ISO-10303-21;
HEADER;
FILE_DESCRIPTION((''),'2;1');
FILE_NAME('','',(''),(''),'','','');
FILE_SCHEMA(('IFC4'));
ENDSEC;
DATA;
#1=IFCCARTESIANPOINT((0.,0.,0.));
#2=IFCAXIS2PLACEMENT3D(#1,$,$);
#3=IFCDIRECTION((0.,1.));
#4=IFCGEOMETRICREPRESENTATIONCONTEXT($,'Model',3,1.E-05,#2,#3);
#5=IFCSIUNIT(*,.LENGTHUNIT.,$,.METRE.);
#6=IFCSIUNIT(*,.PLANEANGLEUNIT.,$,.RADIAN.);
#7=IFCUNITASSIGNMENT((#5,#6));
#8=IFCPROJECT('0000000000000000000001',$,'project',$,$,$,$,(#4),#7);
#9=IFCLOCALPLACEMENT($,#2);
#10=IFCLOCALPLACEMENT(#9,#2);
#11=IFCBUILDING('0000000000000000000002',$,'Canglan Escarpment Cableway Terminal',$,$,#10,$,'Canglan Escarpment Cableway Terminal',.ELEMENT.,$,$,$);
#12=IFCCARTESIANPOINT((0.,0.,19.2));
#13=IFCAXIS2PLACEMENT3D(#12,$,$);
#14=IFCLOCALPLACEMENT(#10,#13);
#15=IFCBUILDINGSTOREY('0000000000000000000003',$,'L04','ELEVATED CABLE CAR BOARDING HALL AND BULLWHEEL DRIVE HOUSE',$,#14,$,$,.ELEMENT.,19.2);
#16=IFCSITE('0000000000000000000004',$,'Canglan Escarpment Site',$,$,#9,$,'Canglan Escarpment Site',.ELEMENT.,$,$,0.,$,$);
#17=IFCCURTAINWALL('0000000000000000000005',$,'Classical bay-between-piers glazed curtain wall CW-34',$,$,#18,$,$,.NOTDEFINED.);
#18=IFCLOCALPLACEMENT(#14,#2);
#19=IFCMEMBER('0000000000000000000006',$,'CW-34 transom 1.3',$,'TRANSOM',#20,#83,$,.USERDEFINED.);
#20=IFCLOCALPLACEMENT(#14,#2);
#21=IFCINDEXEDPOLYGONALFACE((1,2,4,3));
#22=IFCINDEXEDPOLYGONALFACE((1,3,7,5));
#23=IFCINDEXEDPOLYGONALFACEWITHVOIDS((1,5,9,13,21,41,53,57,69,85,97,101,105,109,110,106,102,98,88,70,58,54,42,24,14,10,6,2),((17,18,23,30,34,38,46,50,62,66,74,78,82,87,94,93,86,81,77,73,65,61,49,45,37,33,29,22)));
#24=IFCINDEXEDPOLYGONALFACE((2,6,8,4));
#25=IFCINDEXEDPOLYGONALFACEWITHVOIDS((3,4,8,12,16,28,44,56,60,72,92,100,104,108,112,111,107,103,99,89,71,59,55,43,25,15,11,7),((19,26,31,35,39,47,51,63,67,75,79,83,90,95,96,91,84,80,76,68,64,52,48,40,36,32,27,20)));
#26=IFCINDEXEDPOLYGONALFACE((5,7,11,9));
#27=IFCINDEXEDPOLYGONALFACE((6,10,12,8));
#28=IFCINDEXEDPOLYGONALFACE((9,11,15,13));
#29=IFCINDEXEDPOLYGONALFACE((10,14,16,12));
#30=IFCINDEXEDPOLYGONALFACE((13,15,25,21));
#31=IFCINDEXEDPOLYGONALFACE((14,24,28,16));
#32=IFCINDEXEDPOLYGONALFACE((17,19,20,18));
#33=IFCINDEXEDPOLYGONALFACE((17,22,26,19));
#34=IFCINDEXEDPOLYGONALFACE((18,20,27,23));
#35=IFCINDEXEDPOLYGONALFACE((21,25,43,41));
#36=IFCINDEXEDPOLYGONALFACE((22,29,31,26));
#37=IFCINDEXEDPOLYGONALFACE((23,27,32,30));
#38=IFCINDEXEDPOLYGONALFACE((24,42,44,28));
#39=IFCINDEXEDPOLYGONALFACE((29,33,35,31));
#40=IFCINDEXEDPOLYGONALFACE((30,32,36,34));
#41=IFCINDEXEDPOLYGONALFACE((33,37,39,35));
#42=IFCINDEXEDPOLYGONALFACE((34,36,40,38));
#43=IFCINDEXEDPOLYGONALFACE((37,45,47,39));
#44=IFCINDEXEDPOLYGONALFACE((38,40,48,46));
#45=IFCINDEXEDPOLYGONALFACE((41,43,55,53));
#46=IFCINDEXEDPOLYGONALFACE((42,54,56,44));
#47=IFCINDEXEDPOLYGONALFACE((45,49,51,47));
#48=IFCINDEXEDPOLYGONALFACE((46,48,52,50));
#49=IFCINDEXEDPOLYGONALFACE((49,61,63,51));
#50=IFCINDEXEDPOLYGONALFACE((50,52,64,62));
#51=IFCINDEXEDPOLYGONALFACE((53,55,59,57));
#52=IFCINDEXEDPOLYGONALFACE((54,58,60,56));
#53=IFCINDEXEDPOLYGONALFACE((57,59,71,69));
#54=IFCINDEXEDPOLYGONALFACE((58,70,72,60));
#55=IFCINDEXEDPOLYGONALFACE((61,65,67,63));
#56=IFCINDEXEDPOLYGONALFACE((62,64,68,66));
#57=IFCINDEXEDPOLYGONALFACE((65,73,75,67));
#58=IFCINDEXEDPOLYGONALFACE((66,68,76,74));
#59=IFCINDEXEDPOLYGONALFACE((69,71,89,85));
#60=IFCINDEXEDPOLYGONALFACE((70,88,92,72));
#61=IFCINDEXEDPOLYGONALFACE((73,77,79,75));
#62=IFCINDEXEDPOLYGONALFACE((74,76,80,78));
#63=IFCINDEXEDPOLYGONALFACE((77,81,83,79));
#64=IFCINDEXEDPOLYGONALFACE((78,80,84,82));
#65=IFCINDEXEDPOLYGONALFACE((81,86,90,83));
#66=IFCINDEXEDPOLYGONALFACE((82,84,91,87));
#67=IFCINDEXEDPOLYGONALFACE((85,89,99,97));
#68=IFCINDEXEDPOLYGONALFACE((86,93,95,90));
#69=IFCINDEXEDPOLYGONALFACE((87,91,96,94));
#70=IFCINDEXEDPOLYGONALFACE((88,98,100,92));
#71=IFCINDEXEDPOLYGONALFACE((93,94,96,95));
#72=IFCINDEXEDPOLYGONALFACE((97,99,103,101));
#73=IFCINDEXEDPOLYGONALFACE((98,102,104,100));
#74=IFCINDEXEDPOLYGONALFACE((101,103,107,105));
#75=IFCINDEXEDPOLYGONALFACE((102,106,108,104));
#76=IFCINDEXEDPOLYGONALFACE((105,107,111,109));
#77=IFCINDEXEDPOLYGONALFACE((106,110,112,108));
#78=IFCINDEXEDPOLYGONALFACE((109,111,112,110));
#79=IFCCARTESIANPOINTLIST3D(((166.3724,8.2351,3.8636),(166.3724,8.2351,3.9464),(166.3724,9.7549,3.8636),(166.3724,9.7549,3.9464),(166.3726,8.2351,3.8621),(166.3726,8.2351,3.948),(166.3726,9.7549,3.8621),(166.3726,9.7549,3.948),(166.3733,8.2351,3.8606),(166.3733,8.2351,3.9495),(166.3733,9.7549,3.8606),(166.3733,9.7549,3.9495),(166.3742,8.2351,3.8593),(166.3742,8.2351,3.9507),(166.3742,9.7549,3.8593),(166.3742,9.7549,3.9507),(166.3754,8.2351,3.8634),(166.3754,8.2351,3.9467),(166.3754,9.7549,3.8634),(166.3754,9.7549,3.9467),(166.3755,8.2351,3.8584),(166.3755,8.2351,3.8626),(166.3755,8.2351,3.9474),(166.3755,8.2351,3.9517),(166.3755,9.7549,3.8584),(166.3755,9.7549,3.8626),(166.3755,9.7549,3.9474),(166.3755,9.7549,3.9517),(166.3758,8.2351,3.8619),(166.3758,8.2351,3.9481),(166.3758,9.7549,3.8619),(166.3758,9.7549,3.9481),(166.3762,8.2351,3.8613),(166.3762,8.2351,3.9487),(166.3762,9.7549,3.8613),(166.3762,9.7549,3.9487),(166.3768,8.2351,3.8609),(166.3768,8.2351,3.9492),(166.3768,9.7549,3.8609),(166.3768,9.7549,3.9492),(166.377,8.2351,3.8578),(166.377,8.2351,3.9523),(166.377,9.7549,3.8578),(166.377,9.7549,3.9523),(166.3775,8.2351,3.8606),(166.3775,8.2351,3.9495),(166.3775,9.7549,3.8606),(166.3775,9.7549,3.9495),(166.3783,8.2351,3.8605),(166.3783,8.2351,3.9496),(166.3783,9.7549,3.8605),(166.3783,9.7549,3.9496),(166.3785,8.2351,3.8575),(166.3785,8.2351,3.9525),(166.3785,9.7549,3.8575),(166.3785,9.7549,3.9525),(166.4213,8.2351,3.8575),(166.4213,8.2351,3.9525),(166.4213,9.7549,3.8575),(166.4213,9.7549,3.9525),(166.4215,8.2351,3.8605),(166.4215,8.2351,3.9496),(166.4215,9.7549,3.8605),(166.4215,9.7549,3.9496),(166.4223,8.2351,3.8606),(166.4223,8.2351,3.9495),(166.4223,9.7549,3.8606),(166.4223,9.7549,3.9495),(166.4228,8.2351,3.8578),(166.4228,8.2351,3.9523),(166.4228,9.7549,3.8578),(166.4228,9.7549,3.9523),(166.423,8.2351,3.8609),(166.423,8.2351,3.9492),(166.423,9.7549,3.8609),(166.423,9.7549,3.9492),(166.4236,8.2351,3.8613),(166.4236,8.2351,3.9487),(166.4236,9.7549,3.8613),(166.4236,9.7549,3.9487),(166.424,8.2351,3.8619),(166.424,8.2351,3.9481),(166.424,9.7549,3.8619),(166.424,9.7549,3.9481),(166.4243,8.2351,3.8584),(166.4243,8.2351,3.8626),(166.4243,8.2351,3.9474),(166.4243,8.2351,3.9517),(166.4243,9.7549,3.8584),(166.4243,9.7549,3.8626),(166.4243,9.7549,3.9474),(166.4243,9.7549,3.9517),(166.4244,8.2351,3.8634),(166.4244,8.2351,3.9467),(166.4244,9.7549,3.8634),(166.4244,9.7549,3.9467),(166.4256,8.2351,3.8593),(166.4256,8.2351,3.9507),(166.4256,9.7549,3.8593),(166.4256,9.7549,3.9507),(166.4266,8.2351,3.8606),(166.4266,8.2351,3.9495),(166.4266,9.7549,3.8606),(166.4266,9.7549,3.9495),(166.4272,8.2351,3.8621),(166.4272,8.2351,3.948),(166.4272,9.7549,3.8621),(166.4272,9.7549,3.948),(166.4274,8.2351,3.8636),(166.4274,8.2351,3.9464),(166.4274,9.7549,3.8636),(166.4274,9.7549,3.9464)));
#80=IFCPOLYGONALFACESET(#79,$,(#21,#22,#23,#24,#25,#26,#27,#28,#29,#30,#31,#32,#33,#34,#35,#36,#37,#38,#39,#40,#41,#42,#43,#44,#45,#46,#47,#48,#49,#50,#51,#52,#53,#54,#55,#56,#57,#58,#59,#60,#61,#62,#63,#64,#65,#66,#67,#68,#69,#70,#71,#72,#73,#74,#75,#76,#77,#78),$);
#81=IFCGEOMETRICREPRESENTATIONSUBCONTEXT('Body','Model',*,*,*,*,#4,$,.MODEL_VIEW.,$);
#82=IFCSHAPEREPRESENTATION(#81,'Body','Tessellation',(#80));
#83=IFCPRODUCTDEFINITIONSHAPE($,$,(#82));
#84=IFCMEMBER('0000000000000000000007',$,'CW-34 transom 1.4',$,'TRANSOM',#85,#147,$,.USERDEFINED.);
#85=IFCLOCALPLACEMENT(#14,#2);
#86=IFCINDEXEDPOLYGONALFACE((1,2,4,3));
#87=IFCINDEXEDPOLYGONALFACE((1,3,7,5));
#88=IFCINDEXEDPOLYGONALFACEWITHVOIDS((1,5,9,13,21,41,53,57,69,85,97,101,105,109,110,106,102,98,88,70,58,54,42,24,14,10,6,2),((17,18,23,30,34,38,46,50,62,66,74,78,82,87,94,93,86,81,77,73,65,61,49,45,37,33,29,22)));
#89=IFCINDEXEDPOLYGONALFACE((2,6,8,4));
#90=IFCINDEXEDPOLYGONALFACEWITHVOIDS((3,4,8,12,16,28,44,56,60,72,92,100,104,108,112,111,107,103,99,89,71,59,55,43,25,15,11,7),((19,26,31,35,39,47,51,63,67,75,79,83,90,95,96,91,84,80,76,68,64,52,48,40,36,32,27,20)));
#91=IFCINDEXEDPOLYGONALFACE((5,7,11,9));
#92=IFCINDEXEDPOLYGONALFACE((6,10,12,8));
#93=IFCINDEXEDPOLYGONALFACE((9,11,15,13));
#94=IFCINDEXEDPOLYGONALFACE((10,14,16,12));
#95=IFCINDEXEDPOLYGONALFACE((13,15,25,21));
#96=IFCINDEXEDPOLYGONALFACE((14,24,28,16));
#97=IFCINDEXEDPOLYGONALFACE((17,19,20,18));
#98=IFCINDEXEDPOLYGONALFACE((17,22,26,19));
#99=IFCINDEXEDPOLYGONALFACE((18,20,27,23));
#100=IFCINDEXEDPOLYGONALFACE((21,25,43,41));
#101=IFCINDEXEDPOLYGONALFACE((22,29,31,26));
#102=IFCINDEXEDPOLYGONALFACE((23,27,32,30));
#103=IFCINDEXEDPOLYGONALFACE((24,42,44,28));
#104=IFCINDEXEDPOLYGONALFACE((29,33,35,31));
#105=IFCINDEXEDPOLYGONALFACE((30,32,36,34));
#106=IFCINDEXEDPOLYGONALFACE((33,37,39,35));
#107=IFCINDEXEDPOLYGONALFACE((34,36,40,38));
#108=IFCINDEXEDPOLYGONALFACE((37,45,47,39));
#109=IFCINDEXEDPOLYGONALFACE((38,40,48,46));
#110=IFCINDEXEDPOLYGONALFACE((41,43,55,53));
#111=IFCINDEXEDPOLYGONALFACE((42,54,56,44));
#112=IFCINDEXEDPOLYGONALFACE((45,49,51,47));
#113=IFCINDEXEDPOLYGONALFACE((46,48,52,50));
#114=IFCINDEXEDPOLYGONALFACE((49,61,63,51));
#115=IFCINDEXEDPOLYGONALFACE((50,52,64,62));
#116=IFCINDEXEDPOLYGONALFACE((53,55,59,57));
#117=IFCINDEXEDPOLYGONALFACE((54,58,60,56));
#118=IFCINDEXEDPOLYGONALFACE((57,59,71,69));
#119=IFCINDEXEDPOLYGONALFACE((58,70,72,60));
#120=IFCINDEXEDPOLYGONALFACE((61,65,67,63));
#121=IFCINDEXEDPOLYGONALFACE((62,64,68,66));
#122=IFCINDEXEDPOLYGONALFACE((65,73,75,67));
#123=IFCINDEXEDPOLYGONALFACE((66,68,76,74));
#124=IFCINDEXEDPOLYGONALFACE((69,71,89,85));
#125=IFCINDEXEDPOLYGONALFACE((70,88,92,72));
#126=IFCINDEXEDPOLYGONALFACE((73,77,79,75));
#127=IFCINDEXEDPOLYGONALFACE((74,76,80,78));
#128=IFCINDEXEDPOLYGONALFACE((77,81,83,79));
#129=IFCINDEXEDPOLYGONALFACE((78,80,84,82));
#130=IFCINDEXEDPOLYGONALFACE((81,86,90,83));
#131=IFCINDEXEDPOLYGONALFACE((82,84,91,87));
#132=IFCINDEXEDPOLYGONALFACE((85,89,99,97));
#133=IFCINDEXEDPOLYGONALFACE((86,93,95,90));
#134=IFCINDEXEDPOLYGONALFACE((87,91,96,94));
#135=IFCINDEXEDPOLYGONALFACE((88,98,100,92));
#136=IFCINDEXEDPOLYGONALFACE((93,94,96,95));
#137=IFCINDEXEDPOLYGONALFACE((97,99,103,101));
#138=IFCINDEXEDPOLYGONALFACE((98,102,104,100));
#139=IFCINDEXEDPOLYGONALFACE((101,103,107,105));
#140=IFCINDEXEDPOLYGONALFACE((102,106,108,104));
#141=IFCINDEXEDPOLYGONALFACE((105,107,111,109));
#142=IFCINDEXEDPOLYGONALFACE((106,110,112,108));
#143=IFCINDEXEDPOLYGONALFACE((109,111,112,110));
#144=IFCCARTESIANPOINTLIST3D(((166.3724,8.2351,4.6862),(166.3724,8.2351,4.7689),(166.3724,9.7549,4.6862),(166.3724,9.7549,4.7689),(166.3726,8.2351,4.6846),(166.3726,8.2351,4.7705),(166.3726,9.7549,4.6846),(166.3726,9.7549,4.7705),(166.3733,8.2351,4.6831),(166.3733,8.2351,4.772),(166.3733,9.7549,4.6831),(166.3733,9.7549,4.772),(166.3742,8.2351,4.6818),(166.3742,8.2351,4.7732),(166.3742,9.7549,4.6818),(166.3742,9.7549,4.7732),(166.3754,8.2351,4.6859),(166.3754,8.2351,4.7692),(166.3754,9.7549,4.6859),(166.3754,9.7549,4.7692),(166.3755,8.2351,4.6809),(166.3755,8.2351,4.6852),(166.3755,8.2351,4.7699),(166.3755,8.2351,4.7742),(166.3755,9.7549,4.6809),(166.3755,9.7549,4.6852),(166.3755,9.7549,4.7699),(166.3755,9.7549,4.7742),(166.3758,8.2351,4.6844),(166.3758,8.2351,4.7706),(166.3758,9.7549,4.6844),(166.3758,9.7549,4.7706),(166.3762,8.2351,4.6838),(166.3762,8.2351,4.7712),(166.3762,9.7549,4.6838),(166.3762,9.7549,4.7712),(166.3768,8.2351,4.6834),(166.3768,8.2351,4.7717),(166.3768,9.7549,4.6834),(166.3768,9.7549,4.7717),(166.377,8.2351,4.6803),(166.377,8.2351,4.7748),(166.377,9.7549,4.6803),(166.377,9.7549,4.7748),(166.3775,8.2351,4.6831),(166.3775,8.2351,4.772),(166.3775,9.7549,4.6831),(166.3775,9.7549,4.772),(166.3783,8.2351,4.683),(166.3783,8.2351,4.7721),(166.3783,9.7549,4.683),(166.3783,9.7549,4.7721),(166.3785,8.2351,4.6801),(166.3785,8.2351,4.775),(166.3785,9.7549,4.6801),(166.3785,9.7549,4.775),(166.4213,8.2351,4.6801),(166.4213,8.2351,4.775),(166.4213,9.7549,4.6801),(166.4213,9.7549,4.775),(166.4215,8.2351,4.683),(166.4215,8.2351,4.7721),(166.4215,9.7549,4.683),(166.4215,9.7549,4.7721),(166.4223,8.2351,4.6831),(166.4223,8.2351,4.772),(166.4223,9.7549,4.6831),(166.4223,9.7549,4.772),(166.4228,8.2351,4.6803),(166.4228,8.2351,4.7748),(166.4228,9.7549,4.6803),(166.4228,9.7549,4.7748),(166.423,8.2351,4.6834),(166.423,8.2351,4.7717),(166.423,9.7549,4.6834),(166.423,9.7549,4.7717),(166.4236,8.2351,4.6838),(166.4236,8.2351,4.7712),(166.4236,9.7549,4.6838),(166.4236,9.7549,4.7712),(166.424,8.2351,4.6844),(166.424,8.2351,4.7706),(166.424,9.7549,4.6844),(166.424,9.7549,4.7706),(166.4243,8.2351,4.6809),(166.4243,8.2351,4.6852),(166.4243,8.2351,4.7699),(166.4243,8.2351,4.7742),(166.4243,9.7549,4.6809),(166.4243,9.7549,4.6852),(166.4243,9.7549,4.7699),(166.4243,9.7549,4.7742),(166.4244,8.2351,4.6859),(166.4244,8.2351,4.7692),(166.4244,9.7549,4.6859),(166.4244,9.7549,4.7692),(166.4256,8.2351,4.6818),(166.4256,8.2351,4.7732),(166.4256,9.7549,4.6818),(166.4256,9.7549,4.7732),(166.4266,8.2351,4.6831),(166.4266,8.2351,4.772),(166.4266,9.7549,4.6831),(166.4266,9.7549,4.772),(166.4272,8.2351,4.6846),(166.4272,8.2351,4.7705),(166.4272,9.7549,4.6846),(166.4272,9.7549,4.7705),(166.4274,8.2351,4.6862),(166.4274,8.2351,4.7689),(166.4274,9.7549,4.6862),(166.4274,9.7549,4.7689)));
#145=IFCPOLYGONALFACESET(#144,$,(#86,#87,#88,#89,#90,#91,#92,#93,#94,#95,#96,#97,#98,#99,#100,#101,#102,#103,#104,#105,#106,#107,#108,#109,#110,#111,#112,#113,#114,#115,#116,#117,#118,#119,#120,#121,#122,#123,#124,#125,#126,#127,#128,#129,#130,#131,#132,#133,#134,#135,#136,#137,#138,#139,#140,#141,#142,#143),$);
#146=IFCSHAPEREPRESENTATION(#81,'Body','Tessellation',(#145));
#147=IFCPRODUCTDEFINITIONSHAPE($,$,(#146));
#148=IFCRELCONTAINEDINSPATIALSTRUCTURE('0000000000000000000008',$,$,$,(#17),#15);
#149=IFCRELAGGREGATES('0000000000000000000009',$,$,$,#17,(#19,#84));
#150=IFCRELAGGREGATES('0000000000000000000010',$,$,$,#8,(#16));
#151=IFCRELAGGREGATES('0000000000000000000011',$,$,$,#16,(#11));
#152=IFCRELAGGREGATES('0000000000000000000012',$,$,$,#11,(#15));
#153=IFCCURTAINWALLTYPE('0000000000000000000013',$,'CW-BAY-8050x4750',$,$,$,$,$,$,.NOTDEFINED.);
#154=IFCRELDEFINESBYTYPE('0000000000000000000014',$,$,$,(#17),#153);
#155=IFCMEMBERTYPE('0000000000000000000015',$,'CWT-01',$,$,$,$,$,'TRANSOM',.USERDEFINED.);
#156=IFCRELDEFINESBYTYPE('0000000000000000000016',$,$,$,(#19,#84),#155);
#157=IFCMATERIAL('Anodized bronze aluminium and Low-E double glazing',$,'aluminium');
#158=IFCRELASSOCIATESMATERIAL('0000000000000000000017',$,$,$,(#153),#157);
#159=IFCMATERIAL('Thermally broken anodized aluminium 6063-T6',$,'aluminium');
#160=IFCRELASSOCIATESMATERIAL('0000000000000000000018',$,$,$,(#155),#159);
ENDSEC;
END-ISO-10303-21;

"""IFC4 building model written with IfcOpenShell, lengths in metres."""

from ifc_helpers import new_model, si_unit, direction, frame, origin, origin_2d, place, context, subcontext, project, spatial, hollow_rectangle, extrude, material, material_profile, profile_set, type_object, element, aggregate, save


model = new_model("IFC4")

# Units and contexts
model_context = context("Model", 3, precision=1e-05, world=origin(), true_north=direction((0.0, 1.0)))
body_context = subcontext(model_context, "Body", "Model", "MODEL_VIEW")
ifc_project = project(units=[si_unit("LENGTHUNIT", "METRE"), si_unit("PLANEANGLEUNIT", "RADIAN")], contexts=[model_context])

# Site, building, storey
site_placement = place(None, origin())
site = spatial("IfcSite", under=ifc_project, at=site_placement, Name="Canglan Escarpment Site", LongName="Canglan Escarpment Site", CompositionType="ELEMENT", RefElevation=0.0)
building_placement = place(site_placement, origin())
building = spatial("IfcBuilding", under=site, at=building_placement, Name="Canglan Escarpment Cableway Terminal", LongName="Canglan Escarpment Cableway Terminal", CompositionType="ELEMENT")
storey_placement = place(building_placement, frame((0.0, 0.0, 19.2)))
storey = spatial("IfcBuildingStorey", under=building, at=storey_placement, Name="L04", Description="ELEVATED CABLE CAR BOARDING HALL AND BULLWHEEL DRIVE HOUSE", CompositionType="ELEMENT", Elevation=19.2)

# Curtain wall
ifc_material_1 = material(Name="Anodized bronze aluminium and Low-E double glazing", Category="aluminium")
curtain_wall_type_1 = type_object("IfcCurtainWallType", Name="CW-BAY-8050x4750", PredefinedType="NOTDEFINED", material=ifc_material_1)
curtain_wall_1_placement = place(storey_placement, origin())
curtain_wall_1 = element("IfcCurtainWall", 1, at=curtain_wall_1_placement, inside=storey, type_object=curtain_wall_type_1, Name="Classical bay-between-piers glazed curtain wall CW-34", PredefinedType="NOTDEFINED")
ifc_material_2 = material(Name="Thermally broken anodized aluminium 6063-T6", Category="aluminium")

# Members
ifc_material_profile_1 = material_profile(ifc_material_2, hollow_rectangle(XDim=0.0549, YDim=0.095, WallThickness=0.0029, InnerFilletRadius=0.0029, OuterFilletRadius=0.0061, at=origin_2d()), Name="ALU-TRAN 55x95x3")
ifc_profile_set_1 = profile_set([ifc_material_profile_1], Name="Thermally broken anodized aluminium 6063-T6")
member_type_1 = type_object("IfcMemberType", Name="CWT-01", ElementType="TRANSOM", PredefinedType="USERDEFINED", material=ifc_profile_set_1)
member_1_placement = place(storey_placement, frame((166.3999, 8.2351, 3.905), z_axis=(0.0, 1.0, 0.0), x_axis=(-1.0, 0.0, 0.0)))
member_1 = element("IfcMember", 2, at=member_1_placement, type_object=member_type_1, Name="CW-34 transom 1.3", ObjectType="TRANSOM", PredefinedType="USERDEFINED", context=body_context, shape_type="SweptSolid", body=[
    extrude(hollow_rectangle(XDim=0.0549, YDim=0.095, WallThickness=0.0029, InnerFilletRadius=0.0029, OuterFilletRadius=0.0061, at=origin_2d()), origin(), (0.0, 0.0, 1.0), 1.5198),
])
member_2_placement = place(storey_placement, frame((166.3999, 8.2351, 4.7275), z_axis=(0.0, 1.0, 0.0), x_axis=(-1.0, 0.0, 0.0)))
member_2 = element("IfcMember", 3, at=member_2_placement, type_object=member_type_1, Name="CW-34 transom 1.4", ObjectType="TRANSOM", PredefinedType="USERDEFINED", context=body_context, shape_type="SweptSolid", body=[
    extrude(hollow_rectangle(XDim=0.0549, YDim=0.095, WallThickness=0.0029, InnerFilletRadius=0.0029, OuterFilletRadius=0.0061, at=origin_2d()), origin(), (0.0, 0.0, 1.0), 1.5198),
])

aggregate(curtain_wall_1, [member_1, member_2])

save(model, "model.ifc")
